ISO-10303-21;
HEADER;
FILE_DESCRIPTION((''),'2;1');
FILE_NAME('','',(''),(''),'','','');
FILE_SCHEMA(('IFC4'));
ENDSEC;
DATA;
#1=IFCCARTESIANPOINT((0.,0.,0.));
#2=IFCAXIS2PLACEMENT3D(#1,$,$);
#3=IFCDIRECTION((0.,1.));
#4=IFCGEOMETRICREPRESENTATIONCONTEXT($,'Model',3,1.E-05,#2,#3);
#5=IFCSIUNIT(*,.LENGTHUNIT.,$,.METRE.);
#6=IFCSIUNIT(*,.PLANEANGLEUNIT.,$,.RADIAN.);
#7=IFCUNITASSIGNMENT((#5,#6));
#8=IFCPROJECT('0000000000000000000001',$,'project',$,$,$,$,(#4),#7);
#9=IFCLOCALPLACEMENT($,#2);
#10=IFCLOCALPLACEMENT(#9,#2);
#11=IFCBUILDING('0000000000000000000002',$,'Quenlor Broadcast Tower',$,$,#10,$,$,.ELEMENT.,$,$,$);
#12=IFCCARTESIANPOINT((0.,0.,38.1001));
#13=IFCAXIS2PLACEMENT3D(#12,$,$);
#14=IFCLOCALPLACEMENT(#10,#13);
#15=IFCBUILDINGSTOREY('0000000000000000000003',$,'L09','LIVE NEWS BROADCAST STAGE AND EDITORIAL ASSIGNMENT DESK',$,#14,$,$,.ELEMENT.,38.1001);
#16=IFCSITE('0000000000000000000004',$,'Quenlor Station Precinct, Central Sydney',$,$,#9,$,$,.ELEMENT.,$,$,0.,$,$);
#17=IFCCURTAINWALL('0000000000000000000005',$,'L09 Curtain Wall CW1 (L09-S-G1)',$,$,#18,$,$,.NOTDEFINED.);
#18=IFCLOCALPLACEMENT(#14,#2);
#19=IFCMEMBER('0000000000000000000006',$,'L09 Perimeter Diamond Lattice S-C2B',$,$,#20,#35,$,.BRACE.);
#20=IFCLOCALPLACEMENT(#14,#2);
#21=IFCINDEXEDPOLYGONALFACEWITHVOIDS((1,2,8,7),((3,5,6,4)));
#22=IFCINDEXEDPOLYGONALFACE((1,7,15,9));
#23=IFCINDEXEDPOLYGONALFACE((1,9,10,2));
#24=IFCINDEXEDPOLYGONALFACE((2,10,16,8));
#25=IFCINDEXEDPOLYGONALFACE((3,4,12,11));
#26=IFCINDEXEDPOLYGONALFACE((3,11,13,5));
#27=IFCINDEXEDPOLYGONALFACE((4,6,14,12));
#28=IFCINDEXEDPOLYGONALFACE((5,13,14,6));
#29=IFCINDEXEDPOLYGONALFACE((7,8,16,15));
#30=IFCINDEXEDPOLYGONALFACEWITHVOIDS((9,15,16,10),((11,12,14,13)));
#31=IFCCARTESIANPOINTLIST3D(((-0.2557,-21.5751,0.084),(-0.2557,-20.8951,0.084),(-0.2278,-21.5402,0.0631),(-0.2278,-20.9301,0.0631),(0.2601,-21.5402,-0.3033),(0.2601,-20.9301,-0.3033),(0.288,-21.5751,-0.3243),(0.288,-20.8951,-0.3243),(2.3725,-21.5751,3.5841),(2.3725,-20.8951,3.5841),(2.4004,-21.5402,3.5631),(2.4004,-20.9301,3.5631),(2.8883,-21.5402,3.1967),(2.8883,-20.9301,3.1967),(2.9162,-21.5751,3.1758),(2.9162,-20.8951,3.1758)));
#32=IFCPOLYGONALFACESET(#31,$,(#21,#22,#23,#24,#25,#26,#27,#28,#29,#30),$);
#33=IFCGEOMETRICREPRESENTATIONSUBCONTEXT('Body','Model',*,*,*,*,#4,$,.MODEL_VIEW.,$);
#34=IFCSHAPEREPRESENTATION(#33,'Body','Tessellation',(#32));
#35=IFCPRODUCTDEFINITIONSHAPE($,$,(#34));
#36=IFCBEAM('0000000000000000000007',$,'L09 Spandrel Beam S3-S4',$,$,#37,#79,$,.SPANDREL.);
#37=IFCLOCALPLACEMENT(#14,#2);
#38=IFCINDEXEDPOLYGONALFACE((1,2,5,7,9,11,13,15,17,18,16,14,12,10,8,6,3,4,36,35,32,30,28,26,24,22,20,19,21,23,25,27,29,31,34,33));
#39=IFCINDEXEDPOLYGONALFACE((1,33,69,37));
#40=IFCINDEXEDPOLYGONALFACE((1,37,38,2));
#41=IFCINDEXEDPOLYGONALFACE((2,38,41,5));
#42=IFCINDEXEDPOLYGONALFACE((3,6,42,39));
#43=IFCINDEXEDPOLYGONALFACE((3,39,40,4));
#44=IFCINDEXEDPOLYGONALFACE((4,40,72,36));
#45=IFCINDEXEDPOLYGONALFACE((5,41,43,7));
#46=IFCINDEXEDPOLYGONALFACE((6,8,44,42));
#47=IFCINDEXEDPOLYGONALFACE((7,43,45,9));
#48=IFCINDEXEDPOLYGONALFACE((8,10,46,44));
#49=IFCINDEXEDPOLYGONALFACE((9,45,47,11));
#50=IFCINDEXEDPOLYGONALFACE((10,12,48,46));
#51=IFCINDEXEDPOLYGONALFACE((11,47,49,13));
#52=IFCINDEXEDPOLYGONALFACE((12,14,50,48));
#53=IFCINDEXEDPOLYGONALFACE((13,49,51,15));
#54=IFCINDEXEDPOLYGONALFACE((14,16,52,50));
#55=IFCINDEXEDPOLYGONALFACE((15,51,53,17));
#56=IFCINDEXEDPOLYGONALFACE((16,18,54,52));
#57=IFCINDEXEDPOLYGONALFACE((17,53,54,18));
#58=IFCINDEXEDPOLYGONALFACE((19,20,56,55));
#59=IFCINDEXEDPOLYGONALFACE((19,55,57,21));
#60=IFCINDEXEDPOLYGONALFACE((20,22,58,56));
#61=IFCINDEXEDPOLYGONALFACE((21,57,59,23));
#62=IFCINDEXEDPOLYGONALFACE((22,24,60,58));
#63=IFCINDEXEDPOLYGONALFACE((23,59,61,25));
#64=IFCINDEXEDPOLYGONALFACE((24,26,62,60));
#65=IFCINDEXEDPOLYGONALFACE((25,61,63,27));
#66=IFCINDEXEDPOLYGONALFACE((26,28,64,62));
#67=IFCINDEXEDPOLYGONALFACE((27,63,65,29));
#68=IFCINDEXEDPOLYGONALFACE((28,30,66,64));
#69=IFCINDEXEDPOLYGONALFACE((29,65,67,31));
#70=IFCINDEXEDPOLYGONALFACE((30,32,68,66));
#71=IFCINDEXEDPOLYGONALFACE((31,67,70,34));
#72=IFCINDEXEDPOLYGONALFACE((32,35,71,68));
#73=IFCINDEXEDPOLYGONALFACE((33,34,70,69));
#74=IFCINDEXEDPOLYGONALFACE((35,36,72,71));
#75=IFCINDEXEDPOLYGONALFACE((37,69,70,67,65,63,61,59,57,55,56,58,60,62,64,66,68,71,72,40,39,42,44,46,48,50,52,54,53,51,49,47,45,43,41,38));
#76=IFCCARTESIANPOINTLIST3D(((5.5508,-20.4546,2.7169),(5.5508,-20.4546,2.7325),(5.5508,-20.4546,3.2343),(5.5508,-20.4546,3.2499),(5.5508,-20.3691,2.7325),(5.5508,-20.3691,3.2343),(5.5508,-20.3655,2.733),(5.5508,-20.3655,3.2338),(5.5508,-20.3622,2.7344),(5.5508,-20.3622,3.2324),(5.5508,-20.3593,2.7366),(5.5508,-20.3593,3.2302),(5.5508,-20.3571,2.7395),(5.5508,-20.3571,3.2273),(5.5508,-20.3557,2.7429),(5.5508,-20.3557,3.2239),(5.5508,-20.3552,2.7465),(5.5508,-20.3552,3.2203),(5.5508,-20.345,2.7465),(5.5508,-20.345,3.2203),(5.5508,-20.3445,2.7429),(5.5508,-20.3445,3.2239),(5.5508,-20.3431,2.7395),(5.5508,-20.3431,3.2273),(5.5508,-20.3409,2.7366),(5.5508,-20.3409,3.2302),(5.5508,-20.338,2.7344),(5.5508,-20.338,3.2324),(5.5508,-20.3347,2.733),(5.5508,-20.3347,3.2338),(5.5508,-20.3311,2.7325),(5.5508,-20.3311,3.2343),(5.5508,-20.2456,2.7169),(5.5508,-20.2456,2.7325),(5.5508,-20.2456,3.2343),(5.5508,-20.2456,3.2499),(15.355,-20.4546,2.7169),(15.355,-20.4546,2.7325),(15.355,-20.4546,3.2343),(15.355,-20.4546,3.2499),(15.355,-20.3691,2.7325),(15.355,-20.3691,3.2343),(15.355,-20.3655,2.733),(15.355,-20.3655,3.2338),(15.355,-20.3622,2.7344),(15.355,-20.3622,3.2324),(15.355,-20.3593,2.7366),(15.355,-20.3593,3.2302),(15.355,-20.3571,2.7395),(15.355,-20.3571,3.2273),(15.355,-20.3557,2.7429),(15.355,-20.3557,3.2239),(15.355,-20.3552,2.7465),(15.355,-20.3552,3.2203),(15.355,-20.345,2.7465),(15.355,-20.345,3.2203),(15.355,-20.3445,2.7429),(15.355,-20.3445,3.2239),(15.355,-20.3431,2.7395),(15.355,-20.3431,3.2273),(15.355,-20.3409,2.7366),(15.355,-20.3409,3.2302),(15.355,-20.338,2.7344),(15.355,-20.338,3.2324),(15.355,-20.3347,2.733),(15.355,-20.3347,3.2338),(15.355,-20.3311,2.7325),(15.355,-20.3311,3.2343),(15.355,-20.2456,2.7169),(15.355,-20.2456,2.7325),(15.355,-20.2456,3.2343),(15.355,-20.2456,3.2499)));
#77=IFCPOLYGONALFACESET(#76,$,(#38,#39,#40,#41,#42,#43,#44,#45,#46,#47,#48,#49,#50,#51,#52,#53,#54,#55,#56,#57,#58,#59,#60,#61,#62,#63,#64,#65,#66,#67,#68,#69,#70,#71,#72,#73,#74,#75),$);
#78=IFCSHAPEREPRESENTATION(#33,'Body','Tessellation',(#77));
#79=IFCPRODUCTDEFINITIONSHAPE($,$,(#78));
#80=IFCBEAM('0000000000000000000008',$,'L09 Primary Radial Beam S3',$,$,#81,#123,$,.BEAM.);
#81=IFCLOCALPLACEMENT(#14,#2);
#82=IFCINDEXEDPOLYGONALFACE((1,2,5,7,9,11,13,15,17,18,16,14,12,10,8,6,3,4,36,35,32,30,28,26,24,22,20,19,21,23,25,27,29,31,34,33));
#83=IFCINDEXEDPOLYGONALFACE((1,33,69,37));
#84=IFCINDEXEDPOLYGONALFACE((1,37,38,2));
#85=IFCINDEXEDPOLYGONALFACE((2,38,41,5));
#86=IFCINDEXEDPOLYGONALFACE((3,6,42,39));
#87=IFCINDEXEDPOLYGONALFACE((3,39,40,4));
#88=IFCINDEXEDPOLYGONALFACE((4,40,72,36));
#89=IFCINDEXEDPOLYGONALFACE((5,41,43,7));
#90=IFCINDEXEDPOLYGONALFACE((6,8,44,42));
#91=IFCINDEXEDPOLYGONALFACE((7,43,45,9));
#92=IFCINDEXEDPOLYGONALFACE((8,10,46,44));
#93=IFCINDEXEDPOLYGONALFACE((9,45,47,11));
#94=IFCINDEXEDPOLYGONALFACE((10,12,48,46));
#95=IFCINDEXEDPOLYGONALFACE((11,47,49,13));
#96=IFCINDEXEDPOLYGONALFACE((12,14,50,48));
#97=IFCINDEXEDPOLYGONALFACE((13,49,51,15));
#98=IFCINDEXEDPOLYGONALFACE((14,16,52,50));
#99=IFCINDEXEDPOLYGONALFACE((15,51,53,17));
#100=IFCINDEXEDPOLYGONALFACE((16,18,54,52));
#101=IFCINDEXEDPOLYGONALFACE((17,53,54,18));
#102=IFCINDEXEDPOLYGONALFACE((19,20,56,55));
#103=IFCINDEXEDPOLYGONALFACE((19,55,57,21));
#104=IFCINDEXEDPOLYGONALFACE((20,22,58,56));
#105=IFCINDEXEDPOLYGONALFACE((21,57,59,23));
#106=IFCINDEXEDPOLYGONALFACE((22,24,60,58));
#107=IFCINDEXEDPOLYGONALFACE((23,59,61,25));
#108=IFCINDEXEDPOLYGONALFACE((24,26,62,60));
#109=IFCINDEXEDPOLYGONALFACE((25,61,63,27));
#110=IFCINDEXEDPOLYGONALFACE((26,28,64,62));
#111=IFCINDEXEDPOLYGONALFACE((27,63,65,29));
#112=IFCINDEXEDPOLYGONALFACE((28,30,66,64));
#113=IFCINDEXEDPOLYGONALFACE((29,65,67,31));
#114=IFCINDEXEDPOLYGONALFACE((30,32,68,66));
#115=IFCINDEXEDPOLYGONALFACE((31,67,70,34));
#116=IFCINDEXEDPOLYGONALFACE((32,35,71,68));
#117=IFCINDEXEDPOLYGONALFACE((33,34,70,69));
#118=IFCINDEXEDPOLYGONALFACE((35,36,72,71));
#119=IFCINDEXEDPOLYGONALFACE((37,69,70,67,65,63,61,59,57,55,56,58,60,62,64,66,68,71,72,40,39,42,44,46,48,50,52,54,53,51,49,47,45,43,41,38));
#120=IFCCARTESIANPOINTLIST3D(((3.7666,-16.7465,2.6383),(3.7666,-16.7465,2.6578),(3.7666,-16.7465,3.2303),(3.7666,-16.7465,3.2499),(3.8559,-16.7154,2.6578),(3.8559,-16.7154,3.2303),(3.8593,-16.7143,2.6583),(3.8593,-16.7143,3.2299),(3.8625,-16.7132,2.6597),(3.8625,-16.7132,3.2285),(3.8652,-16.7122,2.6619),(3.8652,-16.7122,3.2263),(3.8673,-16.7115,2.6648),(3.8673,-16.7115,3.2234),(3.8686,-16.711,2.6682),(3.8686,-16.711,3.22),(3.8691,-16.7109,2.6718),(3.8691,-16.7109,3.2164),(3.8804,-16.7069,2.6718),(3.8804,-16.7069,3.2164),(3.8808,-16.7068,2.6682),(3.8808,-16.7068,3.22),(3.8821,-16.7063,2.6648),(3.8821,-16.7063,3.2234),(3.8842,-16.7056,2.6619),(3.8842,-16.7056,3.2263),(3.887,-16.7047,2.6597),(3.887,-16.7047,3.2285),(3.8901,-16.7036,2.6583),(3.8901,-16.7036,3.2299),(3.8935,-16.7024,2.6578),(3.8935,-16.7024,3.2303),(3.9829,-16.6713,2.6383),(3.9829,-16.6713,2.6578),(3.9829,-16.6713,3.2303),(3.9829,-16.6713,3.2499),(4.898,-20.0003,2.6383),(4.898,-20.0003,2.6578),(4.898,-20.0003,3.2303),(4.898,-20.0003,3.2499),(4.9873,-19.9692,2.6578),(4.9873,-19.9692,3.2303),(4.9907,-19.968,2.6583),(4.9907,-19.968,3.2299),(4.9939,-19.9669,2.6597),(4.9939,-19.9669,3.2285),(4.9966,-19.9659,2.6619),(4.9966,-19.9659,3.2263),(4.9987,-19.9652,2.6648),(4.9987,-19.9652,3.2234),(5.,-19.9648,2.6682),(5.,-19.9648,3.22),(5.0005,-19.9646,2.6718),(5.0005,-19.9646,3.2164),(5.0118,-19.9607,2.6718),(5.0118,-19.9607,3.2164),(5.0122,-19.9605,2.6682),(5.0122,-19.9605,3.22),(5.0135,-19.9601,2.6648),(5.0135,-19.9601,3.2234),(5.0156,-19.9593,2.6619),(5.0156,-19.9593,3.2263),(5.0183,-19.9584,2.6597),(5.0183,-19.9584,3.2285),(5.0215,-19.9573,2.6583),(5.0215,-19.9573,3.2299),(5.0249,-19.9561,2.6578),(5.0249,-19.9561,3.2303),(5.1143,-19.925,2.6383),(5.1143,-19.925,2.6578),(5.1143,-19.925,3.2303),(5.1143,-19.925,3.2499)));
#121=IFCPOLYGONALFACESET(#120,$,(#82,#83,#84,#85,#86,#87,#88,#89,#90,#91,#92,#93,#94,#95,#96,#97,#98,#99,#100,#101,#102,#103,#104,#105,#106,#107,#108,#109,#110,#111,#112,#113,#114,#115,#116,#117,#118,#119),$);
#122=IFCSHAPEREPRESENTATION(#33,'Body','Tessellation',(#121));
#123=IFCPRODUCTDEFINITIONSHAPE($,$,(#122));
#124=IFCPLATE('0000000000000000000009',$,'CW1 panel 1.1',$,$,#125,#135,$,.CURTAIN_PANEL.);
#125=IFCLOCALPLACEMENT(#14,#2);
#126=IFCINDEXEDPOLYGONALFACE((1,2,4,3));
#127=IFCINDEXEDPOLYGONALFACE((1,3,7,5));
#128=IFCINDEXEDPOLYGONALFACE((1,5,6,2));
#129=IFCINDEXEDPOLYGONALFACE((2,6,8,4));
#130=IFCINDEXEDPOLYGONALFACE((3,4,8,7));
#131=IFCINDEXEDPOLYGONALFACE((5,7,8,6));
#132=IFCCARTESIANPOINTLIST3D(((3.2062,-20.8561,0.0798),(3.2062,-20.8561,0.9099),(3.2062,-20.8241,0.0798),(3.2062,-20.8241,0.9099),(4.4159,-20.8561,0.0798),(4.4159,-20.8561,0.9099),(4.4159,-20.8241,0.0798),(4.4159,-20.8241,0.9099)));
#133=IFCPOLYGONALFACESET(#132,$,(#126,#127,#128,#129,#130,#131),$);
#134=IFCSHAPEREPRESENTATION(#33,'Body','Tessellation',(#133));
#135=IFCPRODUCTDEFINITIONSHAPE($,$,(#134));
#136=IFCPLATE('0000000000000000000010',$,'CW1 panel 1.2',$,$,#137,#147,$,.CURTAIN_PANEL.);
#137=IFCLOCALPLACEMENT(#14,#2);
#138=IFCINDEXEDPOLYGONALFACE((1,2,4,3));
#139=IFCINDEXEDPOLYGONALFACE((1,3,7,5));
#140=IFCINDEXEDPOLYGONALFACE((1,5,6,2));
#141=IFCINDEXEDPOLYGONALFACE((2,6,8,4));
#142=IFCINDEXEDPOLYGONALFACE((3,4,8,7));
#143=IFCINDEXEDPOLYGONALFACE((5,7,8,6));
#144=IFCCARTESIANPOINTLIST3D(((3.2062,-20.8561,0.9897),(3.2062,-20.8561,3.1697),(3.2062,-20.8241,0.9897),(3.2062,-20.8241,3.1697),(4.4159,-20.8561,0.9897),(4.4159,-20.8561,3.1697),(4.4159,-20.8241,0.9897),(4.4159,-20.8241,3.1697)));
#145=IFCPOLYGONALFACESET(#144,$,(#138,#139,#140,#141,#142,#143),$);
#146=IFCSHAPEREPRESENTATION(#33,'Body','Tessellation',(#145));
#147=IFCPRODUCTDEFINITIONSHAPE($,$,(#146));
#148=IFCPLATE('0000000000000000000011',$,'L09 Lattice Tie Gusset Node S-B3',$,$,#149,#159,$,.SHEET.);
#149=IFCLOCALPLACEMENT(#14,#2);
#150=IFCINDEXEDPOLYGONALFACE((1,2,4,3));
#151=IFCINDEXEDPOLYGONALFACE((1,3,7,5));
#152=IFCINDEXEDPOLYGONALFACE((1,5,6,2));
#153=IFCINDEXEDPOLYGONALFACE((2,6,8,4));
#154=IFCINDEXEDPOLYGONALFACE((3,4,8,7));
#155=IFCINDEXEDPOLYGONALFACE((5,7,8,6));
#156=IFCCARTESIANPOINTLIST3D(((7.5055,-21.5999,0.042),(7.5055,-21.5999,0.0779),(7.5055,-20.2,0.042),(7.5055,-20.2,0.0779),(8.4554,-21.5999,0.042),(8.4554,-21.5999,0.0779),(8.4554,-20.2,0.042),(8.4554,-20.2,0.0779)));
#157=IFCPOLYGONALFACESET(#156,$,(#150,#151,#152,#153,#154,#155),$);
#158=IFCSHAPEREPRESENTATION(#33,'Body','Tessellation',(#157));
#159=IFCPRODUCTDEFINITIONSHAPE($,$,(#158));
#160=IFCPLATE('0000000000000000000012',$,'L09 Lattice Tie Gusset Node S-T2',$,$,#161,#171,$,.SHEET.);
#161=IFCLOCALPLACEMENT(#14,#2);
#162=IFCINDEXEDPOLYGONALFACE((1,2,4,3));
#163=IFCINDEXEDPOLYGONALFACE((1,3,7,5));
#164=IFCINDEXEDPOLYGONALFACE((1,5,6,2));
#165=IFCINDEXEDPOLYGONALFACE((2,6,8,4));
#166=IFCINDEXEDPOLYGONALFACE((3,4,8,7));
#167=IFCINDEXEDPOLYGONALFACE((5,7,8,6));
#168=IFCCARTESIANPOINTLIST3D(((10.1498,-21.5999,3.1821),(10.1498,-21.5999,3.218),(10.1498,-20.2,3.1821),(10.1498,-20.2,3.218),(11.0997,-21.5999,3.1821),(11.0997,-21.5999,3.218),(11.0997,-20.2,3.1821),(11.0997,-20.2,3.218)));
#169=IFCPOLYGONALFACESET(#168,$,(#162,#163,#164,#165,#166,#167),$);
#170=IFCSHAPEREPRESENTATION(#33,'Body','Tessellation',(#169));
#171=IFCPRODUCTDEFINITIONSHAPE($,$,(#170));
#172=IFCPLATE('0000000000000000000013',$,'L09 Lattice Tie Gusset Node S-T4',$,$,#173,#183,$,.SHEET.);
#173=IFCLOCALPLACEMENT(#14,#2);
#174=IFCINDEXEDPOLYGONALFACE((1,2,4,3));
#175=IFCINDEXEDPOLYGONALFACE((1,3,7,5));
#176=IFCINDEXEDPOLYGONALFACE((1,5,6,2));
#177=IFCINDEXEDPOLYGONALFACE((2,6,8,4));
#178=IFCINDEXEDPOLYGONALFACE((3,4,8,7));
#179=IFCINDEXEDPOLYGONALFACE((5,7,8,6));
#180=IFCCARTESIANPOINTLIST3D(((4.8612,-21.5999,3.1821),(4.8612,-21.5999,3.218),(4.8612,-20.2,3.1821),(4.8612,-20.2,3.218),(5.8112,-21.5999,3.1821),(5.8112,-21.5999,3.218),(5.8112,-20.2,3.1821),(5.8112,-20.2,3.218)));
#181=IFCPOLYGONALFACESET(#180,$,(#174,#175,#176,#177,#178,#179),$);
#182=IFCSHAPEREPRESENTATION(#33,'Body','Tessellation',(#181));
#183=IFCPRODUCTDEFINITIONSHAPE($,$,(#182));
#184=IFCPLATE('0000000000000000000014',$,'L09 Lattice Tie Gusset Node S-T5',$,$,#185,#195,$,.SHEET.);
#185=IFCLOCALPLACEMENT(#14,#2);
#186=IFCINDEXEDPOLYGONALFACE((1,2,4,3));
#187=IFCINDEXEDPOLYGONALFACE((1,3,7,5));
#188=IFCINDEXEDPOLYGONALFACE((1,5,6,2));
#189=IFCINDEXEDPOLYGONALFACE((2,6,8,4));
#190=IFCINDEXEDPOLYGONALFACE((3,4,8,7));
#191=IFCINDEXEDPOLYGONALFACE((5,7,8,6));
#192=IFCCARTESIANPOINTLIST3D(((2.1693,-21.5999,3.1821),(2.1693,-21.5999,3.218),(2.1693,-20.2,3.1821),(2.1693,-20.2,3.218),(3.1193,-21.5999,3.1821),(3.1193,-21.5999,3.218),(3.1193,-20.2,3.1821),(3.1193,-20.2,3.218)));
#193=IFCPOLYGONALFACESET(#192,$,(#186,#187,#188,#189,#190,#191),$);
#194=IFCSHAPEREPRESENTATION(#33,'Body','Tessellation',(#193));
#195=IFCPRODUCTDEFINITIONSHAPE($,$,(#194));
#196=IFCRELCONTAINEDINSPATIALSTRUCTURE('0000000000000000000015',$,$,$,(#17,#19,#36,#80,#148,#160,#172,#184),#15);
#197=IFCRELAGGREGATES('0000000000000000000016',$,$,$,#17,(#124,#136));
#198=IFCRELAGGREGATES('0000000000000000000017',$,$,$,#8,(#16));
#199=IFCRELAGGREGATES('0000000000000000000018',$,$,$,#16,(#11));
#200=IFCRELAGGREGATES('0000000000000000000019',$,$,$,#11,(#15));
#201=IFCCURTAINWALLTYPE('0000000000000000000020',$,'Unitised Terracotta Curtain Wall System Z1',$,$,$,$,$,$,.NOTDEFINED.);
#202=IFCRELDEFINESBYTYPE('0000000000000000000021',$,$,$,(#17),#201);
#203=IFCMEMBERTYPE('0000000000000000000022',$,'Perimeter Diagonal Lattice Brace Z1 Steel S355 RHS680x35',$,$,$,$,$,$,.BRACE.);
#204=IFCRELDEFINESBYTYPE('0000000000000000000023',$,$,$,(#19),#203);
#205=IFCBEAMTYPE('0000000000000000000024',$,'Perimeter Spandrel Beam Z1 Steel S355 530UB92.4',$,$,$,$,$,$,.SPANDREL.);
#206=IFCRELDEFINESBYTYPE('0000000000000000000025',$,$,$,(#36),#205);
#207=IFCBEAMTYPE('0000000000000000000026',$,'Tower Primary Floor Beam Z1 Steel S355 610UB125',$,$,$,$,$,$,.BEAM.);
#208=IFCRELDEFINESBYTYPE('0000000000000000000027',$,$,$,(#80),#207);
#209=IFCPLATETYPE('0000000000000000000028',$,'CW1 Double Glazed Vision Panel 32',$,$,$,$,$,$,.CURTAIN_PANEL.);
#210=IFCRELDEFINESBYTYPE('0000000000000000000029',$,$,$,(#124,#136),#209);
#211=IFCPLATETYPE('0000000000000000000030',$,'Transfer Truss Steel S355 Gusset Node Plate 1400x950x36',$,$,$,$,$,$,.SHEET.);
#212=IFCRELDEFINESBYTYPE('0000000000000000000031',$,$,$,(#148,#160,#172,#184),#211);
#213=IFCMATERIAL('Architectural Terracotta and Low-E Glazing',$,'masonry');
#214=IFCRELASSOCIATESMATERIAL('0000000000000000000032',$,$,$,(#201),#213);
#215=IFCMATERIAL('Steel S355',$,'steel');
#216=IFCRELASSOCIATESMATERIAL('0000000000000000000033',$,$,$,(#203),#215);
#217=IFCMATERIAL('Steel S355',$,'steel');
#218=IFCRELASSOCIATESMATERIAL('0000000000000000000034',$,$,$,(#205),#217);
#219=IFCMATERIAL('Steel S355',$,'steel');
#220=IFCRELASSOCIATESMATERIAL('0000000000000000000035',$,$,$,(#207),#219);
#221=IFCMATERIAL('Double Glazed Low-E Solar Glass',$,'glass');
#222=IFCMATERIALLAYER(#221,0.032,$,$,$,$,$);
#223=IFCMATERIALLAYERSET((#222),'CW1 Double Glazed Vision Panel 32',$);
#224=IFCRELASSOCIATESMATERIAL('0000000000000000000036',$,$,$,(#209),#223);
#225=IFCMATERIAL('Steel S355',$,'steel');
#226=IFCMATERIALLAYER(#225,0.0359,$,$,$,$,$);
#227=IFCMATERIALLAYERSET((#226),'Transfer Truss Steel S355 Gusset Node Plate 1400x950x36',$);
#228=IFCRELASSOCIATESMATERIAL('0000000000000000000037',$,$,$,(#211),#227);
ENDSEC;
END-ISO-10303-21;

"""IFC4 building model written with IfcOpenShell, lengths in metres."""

from ifc_helpers import new_model, si_unit, direction, frame, origin, origin_2d, place, context, subcontext, project, spatial, rectangle, hollow_rectangle, i_section, extrude, material, layer, layer_set, material_profile, profile_set, type_object, element, aggregate, save


model = new_model("IFC4")

# Units and contexts
model_context = context("Model", 3, precision=1e-05, world=origin(), true_north=direction((0.0, 1.0)))
body_context = subcontext(model_context, "Body", "Model", "MODEL_VIEW")
ifc_project = project(units=[si_unit("LENGTHUNIT", "METRE"), si_unit("PLANEANGLEUNIT", "RADIAN")], contexts=[model_context])

# Site, building, storey
site_placement = place(None, origin())
site = spatial("IfcSite", under=ifc_project, at=site_placement, Name="Quenlor Station Precinct, Central Sydney", CompositionType="ELEMENT", RefElevation=0.0)
building_placement = place(site_placement, origin())
building = spatial("IfcBuilding", under=site, at=building_placement, Name="Quenlor Broadcast Tower", CompositionType="ELEMENT")
storey_placement = place(building_placement, frame((0.0, 0.0, 38.1001)))
storey = spatial("IfcBuildingStorey", under=building, at=storey_placement, Name="L09", Description="LIVE NEWS BROADCAST STAGE AND EDITORIAL ASSIGNMENT DESK", CompositionType="ELEMENT", Elevation=38.1001)

# Curtain wall
ifc_material_1 = material(Name="Architectural Terracotta and Low-E Glazing", Category="masonry")
curtain_wall_type = type_object("IfcCurtainWallType", Name="Unitised Terracotta Curtain Wall System Z1", PredefinedType="NOTDEFINED", material=ifc_material_1)
curtain_wall_placement = place(storey_placement, origin())
curtain_wall = element("IfcCurtainWall", 1, at=curtain_wall_placement, inside=storey, type_object=curtain_wall_type, Name="L09 Curtain Wall CW1 (L09-S-G1)", PredefinedType="NOTDEFINED")

# Member
ifc_material_2 = material(Name="Steel S355", Category="steel")
ifc_material_profile_1 = material_profile(ifc_material_2, hollow_rectangle(XDim=0.6799, YDim=0.6799, WallThickness=0.0349, at=origin_2d()))
ifc_profile_set_1 = profile_set([ifc_material_profile_1], Name="Steel S355 RHS680x680x35")
member_type_1 = type_object("IfcMemberType", Name="Perimeter Diagonal Lattice Brace Z1 Steel S355 RHS680x35", PredefinedType="BRACE", material=ifc_profile_set_1)
for number, where, z_axis, x_axis, name in (
    (2, (0.0161, -21.2351, -0.1201), (0.600464, 0.0, 0.799652), (0.0, 1.0, 0.0), "L09 Perimeter Diamond Lattice S-C2B"),
):
    element("IfcMember", number, at=place(storey_placement, frame(where, z_axis=z_axis, x_axis=x_axis)), inside=storey, type_object=member_type_1, Name=name, PredefinedType="BRACE", context=body_context, shape_type="SweptSolid", body=[
        extrude(hollow_rectangle(XDim=0.6799, YDim=0.6799, WallThickness=0.0349, at=origin_2d()), origin(), (0.0, 0.0, 1.0), 4.377),
    ])

# Beams
ifc_material_3 = material(Name="Steel S355", Category="steel")
ifc_material_profile_2 = material_profile(ifc_material_3, i_section(OverallWidth=0.209, OverallDepth=0.533, WebThickness=0.0103, FlangeThickness=0.0156, FilletRadius=0.0139, at=origin_2d()))
ifc_profile_set_2 = profile_set([ifc_material_profile_2], Name="Steel S355 530UB92.4")
beam_type_1 = type_object("IfcBeamType", Name="Perimeter Spandrel Beam Z1 Steel S355 530UB92.4", PredefinedType="SPANDREL", material=ifc_profile_set_2)
beam_1_placement = place(storey_placement, frame((5.5508, -20.3501, 2.9834), z_axis=(1.0, 0.0, 0.0), x_axis=(0.0, 1.0, 0.0)))
element("IfcBeam", 3, at=beam_1_placement, inside=storey, type_object=beam_type_1, Name="L09 Spandrel Beam S3-S4", PredefinedType="SPANDREL", context=body_context, shape_type="SweptSolid", body=[
    extrude(i_section(OverallWidth=0.209, OverallDepth=0.533, WebThickness=0.0103, FlangeThickness=0.0156, FilletRadius=0.0139, at=origin_2d()), origin(), (0.0, 0.0, 1.0), 9.8042),
])
ifc_material_4 = material(Name="Steel S355", Category="steel")
ifc_material_profile_3 = material_profile(ifc_material_4, i_section(OverallWidth=0.229, OverallDepth=0.6116, WebThickness=0.012, FlangeThickness=0.0195, FilletRadius=0.0139, at=origin_2d()))
ifc_profile_set_3 = profile_set([ifc_material_profile_3], Name="Steel S355 610UB125")
beam_type_2 = type_object("IfcBeamType", Name="Tower Primary Floor Beam Z1 Steel S355 610UB125", PredefinedType="BEAM", material=ifc_profile_set_3)
beam_2_placement = place(storey_placement, frame((5.0061, -19.9626, 2.9441), z_axis=(-0.328427, 0.944529, 0.0), x_axis=(-0.944529, -0.328427, 0.0)))
element("IfcBeam", 4, at=beam_2_placement, inside=storey, type_object=beam_type_2, Name="L09 Primary Radial Beam S3", PredefinedType="BEAM", context=body_context, shape_type="SweptSolid", body=[
    extrude(i_section(OverallWidth=0.229, OverallDepth=0.6116, WebThickness=0.012, FlangeThickness=0.0195, FilletRadius=0.0139, at=origin_2d()), origin(), (0.0, 0.0, 1.0), 3.4448),
])

# Plates
ifc_material_5 = material(Name="Double Glazed Low-E Solar Glass", Category="glass")
ifc_layer_1 = layer(ifc_material_5, 0.032)
ifc_layer_set_1 = layer_set([ifc_layer_1], Name="CW1 Double Glazed Vision Panel 32")
plate_type_1 = type_object("IfcPlateType", Name="CW1 Double Glazed Vision Panel 32", PredefinedType="CURTAIN_PANEL", material=ifc_layer_set_1)
plate_1_placement = place(storey_placement, frame((3.811, -20.8401, 0.0798), z_axis=(0.0, 0.0, 1.0), x_axis=(-1.0, 0.0, 0.0)))
plate_1 = element("IfcPlate", 5, at=plate_1_placement, type_object=plate_type_1, Name="CW1 panel 1.1", PredefinedType="CURTAIN_PANEL", context=body_context, shape_type="SweptSolid", body=[
    extrude(rectangle(XDim=1.2097, YDim=0.032, at=origin_2d()), origin(), (0.0, 0.0, 1.0), 0.8301),
])
plate_2_placement = place(storey_placement, frame((3.811, -20.8401, 0.9897), z_axis=(0.0, 0.0, 1.0), x_axis=(-1.0, 0.0, 0.0)))
plate_2 = element("IfcPlate", 6, at=plate_2_placement, type_object=plate_type_1, Name="CW1 panel 1.2", PredefinedType="CURTAIN_PANEL", context=body_context, shape_type="SweptSolid", body=[
    extrude(rectangle(XDim=1.2097, YDim=0.032, at=origin_2d()), origin(), (0.0, 0.0, 1.0), 2.1799),
])
aggregate(curtain_wall, [plate_1, plate_2])

# Plates
ifc_material_6 = material(Name="Steel S355", Category="steel")
ifc_layer_2 = layer(ifc_material_6, 0.0359)
ifc_layer_set_2 = layer_set([ifc_layer_2], Name="Transfer Truss Steel S355 Gusset Node Plate 1400x950x36")
plate_type_2 = type_object("IfcPlateType", Name="Transfer Truss Steel S355 Gusset Node Plate 1400x950x36", PredefinedType="SHEET", material=ifc_layer_set_2)
for number, where, z_axis, x_axis, name in (
    (7, (7.9805, -20.8999, 0.042), (0.0, 0.0, 1.0), (0.0, -1.0, 0.0), "L09 Lattice Tie Gusset Node S-B3"),
    (8, (10.6248, -20.8999, 3.1821), (0.0, 0.0, 1.0), (0.0, -1.0, 0.0), "L09 Lattice Tie Gusset Node S-T2"),
    (9, (5.3362, -20.8999, 3.1821), (0.0, 0.0, 1.0), (0.0, -1.0, 0.0), "L09 Lattice Tie Gusset Node S-T4"),
    (10, (2.6443, -20.8999, 3.1821), (0.0, 0.0, 1.0), (0.0, -1.0, 0.0), "L09 Lattice Tie Gusset Node S-T5"),
):
    element("IfcPlate", number, at=place(storey_placement, frame(where, z_axis=z_axis, x_axis=x_axis)), inside=storey, type_object=plate_type_2, Name=name, PredefinedType="SHEET", context=body_context, shape_type="SweptSolid", body=[
        extrude(rectangle(XDim=1.3999, YDim=0.95, at=origin_2d()), origin(), (0.0, 0.0, 1.0), 0.0359),
    ])

save(model, "model.ifc")
